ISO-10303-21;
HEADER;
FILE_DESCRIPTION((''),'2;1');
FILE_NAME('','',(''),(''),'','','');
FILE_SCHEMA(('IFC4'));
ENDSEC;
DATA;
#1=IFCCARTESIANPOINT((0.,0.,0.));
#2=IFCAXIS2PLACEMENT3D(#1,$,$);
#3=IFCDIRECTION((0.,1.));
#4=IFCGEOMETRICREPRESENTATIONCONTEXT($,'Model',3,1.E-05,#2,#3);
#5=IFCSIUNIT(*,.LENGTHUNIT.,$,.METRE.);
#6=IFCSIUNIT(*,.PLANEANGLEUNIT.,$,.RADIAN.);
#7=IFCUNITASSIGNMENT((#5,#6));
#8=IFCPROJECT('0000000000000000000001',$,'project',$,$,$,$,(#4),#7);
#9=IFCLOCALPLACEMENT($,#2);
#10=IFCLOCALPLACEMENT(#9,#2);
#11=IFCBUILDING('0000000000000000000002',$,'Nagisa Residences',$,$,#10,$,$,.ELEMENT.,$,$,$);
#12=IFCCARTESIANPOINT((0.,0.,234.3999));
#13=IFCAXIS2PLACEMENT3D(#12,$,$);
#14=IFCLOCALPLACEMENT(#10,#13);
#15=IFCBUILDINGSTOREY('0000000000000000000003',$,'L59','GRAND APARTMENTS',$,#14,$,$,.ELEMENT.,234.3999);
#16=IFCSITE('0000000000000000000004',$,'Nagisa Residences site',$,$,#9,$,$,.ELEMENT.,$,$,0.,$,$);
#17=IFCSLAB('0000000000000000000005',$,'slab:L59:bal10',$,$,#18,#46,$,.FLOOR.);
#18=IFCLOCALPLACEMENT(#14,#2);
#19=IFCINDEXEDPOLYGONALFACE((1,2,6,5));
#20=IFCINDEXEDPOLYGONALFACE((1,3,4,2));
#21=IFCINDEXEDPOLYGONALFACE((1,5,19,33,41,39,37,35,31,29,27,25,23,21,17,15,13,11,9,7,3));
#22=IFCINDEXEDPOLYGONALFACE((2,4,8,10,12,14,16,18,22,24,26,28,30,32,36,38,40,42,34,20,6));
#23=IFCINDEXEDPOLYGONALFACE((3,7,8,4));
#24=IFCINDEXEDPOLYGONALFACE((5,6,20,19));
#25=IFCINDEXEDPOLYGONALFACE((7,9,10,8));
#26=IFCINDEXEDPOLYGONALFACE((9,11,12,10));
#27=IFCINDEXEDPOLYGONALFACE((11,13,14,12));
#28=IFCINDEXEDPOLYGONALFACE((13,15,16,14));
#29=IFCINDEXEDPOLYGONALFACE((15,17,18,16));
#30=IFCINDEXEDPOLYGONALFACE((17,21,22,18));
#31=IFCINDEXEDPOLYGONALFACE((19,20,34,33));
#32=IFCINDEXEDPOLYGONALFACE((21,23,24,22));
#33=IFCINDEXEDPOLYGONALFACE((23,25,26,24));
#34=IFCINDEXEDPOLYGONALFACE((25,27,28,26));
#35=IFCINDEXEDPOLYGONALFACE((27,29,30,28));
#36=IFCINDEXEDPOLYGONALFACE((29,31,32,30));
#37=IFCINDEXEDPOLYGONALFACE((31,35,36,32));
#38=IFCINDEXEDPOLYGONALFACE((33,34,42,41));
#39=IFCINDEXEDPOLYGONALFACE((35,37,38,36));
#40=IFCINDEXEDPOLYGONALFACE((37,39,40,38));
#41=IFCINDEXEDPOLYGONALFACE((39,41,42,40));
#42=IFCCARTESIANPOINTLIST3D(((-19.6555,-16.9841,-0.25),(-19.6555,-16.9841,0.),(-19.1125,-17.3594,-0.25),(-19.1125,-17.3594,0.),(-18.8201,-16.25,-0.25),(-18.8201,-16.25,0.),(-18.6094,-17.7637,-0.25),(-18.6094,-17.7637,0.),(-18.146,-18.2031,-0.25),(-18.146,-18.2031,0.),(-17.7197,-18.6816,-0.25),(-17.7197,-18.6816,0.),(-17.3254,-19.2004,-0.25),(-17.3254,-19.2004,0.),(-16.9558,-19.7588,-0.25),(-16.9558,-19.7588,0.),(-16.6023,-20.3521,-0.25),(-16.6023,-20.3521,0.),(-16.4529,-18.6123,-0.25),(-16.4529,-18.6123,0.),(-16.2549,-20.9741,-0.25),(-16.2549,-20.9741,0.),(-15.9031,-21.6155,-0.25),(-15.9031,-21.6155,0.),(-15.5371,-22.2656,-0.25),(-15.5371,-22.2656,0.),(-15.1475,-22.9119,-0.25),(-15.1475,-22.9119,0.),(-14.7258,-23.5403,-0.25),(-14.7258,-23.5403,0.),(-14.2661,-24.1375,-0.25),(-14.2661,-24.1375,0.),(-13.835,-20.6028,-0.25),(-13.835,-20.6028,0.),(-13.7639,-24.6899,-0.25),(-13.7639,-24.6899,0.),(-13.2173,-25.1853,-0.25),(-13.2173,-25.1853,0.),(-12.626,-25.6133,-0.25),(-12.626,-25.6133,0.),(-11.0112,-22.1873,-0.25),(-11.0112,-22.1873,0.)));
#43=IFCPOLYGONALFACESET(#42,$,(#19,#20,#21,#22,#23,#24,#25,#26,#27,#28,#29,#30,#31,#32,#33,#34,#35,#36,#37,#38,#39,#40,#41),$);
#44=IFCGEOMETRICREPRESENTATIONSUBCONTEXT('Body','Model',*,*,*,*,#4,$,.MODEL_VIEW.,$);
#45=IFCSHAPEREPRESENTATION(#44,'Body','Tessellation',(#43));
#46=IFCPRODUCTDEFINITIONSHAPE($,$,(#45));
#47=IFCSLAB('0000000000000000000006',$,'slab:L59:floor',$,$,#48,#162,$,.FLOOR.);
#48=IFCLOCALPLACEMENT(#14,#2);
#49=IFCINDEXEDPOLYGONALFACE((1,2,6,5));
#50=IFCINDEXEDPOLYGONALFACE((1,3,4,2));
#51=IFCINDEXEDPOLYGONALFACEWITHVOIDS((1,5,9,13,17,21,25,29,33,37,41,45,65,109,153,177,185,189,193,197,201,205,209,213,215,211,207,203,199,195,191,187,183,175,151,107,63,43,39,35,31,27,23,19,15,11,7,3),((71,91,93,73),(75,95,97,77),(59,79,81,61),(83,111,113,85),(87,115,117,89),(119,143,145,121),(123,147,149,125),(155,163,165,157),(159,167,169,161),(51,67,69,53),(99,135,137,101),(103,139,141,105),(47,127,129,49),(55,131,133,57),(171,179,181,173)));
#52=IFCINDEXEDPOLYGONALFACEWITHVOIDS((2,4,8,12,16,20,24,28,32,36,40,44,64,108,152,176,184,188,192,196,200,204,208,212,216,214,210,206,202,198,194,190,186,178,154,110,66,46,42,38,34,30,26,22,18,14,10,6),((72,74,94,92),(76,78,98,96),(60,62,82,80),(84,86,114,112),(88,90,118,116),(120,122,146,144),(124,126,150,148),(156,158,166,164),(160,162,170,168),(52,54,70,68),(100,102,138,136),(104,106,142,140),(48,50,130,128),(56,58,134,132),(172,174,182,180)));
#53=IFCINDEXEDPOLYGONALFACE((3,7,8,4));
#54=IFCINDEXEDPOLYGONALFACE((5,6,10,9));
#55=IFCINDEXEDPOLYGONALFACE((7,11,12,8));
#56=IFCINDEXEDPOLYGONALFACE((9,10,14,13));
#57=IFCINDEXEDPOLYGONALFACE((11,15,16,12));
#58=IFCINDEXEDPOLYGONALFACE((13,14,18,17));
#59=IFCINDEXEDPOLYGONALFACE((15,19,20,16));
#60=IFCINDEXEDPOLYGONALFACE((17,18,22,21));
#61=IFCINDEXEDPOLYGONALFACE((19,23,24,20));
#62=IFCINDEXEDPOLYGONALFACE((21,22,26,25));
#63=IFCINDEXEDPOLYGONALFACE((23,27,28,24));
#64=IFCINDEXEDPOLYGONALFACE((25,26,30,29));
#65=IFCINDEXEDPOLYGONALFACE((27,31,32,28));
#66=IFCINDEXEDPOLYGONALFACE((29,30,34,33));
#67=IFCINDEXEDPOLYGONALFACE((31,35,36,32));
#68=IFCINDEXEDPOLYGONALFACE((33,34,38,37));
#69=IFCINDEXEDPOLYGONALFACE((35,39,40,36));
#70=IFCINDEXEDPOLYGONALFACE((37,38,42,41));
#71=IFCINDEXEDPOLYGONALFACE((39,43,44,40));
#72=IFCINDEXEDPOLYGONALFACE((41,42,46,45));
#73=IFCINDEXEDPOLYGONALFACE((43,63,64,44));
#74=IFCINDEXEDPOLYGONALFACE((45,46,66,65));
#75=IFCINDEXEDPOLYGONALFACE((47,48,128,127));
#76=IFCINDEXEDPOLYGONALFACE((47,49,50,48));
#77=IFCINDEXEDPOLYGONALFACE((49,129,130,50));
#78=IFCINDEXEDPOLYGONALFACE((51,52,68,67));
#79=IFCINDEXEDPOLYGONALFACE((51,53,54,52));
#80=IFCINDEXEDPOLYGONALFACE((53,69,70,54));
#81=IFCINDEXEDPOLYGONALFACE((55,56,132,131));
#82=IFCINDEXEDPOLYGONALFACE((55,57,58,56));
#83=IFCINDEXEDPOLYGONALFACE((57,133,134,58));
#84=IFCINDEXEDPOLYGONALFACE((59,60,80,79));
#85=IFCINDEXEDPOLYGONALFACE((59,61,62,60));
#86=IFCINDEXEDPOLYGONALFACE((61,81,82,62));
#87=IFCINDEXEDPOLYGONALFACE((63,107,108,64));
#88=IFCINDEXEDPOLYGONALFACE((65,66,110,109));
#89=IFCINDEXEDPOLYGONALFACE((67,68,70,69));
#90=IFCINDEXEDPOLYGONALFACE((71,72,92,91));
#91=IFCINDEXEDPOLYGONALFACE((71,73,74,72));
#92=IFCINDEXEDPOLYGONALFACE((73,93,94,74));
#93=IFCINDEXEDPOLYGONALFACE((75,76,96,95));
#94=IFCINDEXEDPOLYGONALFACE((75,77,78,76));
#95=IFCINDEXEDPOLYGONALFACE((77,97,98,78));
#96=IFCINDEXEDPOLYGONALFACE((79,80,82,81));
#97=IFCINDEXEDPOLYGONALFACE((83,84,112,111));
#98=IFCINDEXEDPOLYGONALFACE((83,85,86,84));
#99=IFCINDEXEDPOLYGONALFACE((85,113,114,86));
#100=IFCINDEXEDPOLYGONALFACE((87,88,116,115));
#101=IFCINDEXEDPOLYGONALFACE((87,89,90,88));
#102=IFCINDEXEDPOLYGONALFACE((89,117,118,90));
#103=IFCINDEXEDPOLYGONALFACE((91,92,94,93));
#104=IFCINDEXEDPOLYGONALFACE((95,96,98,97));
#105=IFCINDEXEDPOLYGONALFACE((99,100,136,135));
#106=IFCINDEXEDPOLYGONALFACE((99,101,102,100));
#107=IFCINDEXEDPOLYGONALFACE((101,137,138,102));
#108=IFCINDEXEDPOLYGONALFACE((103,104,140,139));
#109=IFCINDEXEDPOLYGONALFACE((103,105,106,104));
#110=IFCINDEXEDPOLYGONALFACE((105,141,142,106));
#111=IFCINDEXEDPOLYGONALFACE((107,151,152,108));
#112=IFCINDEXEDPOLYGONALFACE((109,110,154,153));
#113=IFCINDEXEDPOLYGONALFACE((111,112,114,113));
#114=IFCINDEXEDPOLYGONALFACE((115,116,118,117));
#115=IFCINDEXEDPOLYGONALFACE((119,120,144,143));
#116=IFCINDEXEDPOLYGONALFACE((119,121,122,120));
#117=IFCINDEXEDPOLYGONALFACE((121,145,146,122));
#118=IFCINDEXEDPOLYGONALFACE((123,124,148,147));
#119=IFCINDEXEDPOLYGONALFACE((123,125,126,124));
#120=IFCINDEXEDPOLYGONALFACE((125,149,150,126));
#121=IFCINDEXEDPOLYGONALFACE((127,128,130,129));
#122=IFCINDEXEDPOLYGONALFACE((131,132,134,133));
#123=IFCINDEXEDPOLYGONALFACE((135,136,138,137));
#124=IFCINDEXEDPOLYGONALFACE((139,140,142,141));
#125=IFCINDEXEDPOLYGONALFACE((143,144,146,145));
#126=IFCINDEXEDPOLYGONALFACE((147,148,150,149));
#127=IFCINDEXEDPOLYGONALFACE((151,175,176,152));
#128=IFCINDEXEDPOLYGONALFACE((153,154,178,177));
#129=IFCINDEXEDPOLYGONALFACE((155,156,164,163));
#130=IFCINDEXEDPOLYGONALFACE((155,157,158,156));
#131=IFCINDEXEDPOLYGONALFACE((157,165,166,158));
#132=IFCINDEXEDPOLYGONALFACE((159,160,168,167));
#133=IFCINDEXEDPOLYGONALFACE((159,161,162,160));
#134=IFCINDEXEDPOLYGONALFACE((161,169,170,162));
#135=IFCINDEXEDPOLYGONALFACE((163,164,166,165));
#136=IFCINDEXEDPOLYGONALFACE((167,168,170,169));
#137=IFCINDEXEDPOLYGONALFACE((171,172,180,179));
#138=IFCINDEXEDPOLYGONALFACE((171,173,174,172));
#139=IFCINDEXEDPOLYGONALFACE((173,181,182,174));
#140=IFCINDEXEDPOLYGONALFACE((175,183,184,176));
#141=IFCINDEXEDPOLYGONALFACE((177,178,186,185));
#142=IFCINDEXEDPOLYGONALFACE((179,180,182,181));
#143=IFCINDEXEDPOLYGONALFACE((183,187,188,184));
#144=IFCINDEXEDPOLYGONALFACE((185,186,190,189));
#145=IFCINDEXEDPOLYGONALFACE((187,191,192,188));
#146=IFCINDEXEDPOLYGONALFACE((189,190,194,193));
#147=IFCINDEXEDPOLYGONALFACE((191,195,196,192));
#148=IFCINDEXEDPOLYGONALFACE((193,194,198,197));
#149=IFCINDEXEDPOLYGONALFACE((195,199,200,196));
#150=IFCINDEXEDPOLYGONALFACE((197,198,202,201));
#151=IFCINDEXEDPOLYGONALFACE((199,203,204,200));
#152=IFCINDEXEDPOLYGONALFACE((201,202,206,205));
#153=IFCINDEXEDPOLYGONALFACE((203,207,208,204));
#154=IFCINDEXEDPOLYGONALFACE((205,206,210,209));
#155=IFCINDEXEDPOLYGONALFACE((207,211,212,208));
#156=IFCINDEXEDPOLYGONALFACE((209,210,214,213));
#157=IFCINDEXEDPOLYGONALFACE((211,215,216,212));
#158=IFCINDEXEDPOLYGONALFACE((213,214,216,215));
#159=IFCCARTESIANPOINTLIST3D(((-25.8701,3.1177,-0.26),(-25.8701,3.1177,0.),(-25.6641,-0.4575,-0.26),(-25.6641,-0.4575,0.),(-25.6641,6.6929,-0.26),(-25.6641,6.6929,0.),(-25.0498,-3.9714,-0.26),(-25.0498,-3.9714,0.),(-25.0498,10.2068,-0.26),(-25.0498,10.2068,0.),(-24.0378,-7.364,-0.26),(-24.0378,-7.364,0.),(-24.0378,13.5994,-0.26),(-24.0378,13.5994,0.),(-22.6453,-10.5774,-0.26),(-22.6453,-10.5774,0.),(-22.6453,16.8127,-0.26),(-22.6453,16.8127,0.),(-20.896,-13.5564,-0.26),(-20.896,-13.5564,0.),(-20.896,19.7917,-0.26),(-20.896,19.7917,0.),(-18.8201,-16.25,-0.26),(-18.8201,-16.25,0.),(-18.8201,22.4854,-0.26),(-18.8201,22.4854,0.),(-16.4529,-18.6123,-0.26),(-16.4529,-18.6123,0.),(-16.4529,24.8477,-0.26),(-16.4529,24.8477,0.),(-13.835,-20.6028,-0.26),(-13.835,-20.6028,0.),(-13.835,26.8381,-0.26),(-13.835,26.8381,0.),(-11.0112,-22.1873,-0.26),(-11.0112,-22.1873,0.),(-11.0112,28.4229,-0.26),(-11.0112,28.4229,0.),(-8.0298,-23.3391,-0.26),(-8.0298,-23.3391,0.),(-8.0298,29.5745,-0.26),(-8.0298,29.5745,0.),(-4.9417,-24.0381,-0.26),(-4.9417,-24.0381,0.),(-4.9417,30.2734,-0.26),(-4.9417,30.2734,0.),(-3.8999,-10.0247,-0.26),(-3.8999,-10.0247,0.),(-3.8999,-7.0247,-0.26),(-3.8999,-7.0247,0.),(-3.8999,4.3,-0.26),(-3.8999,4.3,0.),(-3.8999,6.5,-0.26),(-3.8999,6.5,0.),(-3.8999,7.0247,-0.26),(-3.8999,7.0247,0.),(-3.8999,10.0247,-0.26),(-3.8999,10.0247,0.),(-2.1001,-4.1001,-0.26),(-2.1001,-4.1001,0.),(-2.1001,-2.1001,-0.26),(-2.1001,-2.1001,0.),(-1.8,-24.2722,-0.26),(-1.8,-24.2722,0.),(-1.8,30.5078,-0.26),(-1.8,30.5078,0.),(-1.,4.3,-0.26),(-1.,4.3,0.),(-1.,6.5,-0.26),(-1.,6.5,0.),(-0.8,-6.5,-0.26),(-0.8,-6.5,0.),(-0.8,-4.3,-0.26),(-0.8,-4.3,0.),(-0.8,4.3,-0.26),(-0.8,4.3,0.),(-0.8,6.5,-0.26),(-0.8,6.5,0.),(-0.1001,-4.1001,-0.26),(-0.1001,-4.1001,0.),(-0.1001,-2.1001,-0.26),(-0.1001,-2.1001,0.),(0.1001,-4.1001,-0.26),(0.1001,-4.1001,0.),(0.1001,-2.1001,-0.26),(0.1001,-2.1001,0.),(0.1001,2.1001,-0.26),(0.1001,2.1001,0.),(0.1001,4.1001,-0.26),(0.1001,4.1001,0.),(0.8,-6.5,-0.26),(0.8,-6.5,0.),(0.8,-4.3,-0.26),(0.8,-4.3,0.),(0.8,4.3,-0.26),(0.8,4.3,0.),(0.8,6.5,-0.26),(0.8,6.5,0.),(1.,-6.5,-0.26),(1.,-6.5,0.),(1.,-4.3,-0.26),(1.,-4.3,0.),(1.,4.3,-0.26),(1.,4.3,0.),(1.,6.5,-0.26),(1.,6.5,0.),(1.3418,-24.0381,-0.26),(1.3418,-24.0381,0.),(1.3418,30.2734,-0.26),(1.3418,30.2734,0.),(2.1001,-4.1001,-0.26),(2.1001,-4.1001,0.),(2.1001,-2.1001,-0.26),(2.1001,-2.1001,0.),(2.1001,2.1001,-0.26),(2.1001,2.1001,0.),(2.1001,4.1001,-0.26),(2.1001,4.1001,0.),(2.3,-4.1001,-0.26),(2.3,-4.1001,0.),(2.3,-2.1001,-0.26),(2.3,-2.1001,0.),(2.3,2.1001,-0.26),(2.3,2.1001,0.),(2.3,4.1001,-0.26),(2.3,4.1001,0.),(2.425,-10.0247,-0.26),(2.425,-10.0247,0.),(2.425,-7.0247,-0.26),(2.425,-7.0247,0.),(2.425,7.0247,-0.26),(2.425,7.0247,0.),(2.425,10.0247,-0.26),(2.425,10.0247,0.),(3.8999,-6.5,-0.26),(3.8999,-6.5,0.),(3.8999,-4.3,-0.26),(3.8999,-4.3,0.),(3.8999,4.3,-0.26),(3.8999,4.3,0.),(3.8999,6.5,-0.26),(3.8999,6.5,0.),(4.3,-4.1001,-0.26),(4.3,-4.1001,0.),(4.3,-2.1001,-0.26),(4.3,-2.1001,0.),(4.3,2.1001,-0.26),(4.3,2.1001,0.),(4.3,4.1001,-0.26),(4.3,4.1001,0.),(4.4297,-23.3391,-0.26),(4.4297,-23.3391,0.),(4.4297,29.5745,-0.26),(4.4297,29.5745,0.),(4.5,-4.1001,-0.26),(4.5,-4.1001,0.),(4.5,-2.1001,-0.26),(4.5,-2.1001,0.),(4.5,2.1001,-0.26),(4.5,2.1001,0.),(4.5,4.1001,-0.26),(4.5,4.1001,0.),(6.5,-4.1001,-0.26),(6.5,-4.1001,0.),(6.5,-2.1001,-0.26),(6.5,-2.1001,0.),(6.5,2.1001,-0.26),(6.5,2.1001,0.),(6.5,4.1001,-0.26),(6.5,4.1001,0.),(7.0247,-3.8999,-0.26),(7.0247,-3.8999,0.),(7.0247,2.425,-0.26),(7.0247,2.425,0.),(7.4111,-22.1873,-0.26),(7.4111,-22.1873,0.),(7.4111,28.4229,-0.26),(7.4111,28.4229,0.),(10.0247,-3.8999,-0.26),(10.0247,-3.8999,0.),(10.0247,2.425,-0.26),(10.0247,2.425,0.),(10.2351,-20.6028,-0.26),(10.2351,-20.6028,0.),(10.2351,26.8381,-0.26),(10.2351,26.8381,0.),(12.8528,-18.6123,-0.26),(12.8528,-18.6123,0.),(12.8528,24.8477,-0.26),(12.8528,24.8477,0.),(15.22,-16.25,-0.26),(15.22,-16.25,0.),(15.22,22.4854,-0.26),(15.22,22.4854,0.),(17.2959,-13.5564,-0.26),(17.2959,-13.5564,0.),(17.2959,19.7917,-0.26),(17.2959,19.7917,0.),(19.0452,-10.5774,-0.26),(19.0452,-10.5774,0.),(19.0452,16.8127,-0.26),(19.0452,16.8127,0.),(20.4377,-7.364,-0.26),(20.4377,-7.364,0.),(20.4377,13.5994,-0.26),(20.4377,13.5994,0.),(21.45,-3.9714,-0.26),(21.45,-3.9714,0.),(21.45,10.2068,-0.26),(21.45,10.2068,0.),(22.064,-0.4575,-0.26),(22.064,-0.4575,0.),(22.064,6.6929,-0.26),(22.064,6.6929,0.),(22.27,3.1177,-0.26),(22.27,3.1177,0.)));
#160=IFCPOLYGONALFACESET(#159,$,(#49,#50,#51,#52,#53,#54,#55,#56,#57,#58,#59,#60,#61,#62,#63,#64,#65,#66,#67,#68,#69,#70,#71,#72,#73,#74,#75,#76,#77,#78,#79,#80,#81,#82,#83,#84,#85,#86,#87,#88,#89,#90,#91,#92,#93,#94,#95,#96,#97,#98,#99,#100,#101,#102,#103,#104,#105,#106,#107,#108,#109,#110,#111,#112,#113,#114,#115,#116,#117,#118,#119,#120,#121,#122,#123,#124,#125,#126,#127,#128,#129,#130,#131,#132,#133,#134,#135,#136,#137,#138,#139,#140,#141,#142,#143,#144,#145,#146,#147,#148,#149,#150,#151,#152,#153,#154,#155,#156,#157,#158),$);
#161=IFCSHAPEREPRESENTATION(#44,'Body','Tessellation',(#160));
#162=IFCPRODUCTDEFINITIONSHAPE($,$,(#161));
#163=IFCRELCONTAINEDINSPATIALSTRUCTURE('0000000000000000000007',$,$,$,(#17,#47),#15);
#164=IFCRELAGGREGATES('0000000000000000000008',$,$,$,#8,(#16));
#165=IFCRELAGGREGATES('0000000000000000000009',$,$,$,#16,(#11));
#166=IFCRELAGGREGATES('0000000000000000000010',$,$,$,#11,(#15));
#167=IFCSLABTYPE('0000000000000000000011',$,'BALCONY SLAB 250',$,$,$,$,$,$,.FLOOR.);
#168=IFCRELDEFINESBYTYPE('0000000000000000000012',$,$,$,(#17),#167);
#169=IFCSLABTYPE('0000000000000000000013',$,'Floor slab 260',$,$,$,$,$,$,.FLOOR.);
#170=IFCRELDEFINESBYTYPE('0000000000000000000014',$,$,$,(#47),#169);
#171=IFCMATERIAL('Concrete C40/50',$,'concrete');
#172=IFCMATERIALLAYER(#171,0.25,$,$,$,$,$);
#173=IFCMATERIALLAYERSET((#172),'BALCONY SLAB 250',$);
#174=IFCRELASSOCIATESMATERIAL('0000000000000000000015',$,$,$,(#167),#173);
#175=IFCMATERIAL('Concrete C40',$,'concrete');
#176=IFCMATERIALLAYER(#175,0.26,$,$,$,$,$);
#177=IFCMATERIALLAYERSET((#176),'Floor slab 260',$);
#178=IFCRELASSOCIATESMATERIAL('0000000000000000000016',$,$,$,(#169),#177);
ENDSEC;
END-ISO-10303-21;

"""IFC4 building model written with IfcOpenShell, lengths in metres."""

from ifc_helpers import new_model, si_unit, direction, frame, origin, place, context, subcontext, project, spatial, polyline, outline, extrude, material, layer, layer_set, type_object, element, save


model = new_model("IFC4")

# Units and contexts
model_context = context("Model", 3, precision=1e-05, world=origin(), true_north=direction((0.0, 1.0)))
body_context = subcontext(model_context, "Body", "Model", "MODEL_VIEW")
ifc_project = project(units=[si_unit("LENGTHUNIT", "METRE"), si_unit("PLANEANGLEUNIT", "RADIAN")], contexts=[model_context])

# Site, building, storey
site_placement = place(None, origin())
site = spatial("IfcSite", under=ifc_project, at=site_placement, Name="Nagisa Residences site", CompositionType="ELEMENT", RefElevation=0.0)
building_placement = place(site_placement, origin())
building = spatial("IfcBuilding", under=site, at=building_placement, Name="Nagisa Residences", CompositionType="ELEMENT")
storey_placement = place(building_placement, frame((0.0, 0.0, 234.3999)))
storey = spatial("IfcBuildingStorey", under=building, at=storey_placement, Name="L59", Description="GRAND APARTMENTS", CompositionType="ELEMENT", Elevation=234.3999)

# Slabs
ifc_material_1 = material(Name="Concrete C40/50", Category="concrete")
ifc_layer_1 = layer(ifc_material_1, 0.25)
ifc_layer_set_1 = layer_set([ifc_layer_1], Name="BALCONY SLAB 250")
slab_type_1 = type_object("IfcSlabType", Name="BALCONY SLAB 250", PredefinedType="FLOOR", material=ifc_layer_set_1)
slab_1_placement = place(storey_placement, frame((0.0, 0.0, -0.25)))
element("IfcSlab", 1, at=slab_1_placement, inside=storey, type_object=slab_type_1, Name="slab:L59:bal10", PredefinedType="FLOOR", context=body_context, shape_type="SweptSolid", body=[
    extrude(outline(polyline([(-19.6555, -16.9841), (-19.1125, -17.3594), (-18.6094, -17.7637), (-18.146, -18.2031), (-17.7197, -18.6816), (-17.3254, -19.2004), (-16.9558, -19.7588), (-16.6023, -20.3521), (-16.2549, -20.9741), (-15.9031, -21.6155), (-15.5371, -22.2656), (-15.1475, -22.9119), (-14.7258, -23.5403), (-14.2661, -24.1375), (-13.7639, -24.6899), (-13.2173, -25.1853), (-12.626, -25.6133), (-11.0112, -22.1873), (-13.835, -20.6028), (-16.4529, -18.6123), (-18.8201, -16.25), (-19.6555, -16.9841)])), origin(), (0.0, 0.0, 1.0), 0.25),
])
ifc_material_2 = material(Name="Concrete C40", Category="concrete")
ifc_layer_2 = layer(ifc_material_2, 0.26)
ifc_layer_set_2 = layer_set([ifc_layer_2], Name="Floor slab 260")
slab_type_2 = type_object("IfcSlabType", Name="Floor slab 260", PredefinedType="FLOOR", material=ifc_layer_set_2)
slab_2_placement = place(storey_placement, frame((0.0, 0.0, -0.26)))
element("IfcSlab", 2, at=slab_2_placement, inside=storey, type_object=slab_type_2, Name="slab:L59:floor", PredefinedType="FLOOR", context=body_context, shape_type="SweptSolid", body=[
    extrude(outline(polyline([(22.27, 3.1177), (22.064, 6.6929), (21.45, 10.2068), (20.4377, 13.5994), (19.0452, 16.8127), (17.2959, 19.7917), (15.22, 22.4854), (12.8528, 24.8477), (10.2351, 26.8381), (7.4111, 28.4229), (4.4297, 29.5745), (1.3418, 30.2734), (-1.8, 30.5078), (-4.9417, 30.2734), (-8.0298, 29.5745), (-11.0112, 28.4229), (-13.835, 26.8381), (-16.4529, 24.8477), (-18.8201, 22.4854), (-20.896, 19.7917), (-22.6453, 16.8127), (-24.0378, 13.5994), (-25.0498, 10.2068), (-25.6641, 6.6929), (-25.8701, 3.1177), (-25.6641, -0.4575), (-25.0498, -3.9714), (-24.0378, -7.364), (-22.6453, -10.5774), (-20.896, -13.5564), (-18.8201, -16.25), (-16.4529, -18.6123), (-13.835, -20.6028), (-11.0112, -22.1873), (-8.0298, -23.3391), (-4.9417, -24.0381), (-1.8, -24.2722), (1.3418, -24.0381), (4.4297, -23.3391), (7.4111, -22.1873), (10.2351, -20.6028), (12.8528, -18.6123), (15.22, -16.25), (17.2959, -13.5564), (19.0452, -10.5774), (20.4377, -7.364), (21.45, -3.9714), (22.064, -0.4575), (22.27, 3.1177)]), holes=[polyline([(2.1001, 2.1001), (2.1001, 4.1001), (0.1001, 4.1001), (0.1001, 2.1001), (2.1001, 2.1001)]), polyline([(4.3, 2.1001), (4.3, 4.1001), (2.3, 4.1001), (2.3, 2.1001), (4.3, 2.1001)]), polyline([(6.5, 2.1001), (6.5, 4.1001), (4.5, 4.1001), (4.5, 2.1001), (6.5, 2.1001)]), polyline([(-0.1001, -4.1001), (-0.1001, -2.1001), (-2.1001, -2.1001), (-2.1001, -4.1001), (-0.1001, -4.1001)]), polyline([(2.1001, -4.1001), (2.1001, -2.1001), (0.1001, -2.1001), (0.1001, -4.1001), (2.1001, -4.1001)]), polyline([(4.3, -4.1001), (4.3, -2.1001), (2.3, -2.1001), (2.3, -4.1001), (4.3, -4.1001)]), polyline([(6.5, -4.1001), (6.5, -2.1001), (4.5, -2.1001), (4.5, -4.1001), (6.5, -4.1001)]), polyline([(3.8999, 4.3), (3.8999, 6.5), (1.0, 6.5), (1.0, 4.3), (3.8999, 4.3)]), polyline([(3.8999, -6.5), (3.8999, -4.3), (1.0, -4.3), (1.0, -6.5), (3.8999, -6.5)]), polyline([(-1.0, 4.3), (-1.0, 6.5), (-3.8999, 6.5), (-3.8999, 4.3), (-1.0, 4.3)]), polyline([(0.8, 4.3), (0.8, 6.5), (-0.8, 6.5), (-0.8, 4.3), (0.8, 4.3)]), polyline([(0.8, -6.5), (0.8, -4.3), (-0.8, -4.3), (-0.8, -6.5), (0.8, -6.5)]), polyline([(10.0247, -3.8999), (7.0247, -3.8999), (7.0247, 2.425), (10.0247, 2.425), (10.0247, -3.8999)]), polyline([(-3.8999, 7.0247), (-3.8999, 10.0247), (2.425, 10.0247), (2.425, 7.0247), (-3.8999, 7.0247)]), polyline([(-3.8999, -10.0247), (-3.8999, -7.0247), (2.425, -7.0247), (2.425, -10.0247), (-3.8999, -10.0247)])]), origin(), (0.0, 0.0, 1.0), 0.26),
])

save(model, "model.ifc")
